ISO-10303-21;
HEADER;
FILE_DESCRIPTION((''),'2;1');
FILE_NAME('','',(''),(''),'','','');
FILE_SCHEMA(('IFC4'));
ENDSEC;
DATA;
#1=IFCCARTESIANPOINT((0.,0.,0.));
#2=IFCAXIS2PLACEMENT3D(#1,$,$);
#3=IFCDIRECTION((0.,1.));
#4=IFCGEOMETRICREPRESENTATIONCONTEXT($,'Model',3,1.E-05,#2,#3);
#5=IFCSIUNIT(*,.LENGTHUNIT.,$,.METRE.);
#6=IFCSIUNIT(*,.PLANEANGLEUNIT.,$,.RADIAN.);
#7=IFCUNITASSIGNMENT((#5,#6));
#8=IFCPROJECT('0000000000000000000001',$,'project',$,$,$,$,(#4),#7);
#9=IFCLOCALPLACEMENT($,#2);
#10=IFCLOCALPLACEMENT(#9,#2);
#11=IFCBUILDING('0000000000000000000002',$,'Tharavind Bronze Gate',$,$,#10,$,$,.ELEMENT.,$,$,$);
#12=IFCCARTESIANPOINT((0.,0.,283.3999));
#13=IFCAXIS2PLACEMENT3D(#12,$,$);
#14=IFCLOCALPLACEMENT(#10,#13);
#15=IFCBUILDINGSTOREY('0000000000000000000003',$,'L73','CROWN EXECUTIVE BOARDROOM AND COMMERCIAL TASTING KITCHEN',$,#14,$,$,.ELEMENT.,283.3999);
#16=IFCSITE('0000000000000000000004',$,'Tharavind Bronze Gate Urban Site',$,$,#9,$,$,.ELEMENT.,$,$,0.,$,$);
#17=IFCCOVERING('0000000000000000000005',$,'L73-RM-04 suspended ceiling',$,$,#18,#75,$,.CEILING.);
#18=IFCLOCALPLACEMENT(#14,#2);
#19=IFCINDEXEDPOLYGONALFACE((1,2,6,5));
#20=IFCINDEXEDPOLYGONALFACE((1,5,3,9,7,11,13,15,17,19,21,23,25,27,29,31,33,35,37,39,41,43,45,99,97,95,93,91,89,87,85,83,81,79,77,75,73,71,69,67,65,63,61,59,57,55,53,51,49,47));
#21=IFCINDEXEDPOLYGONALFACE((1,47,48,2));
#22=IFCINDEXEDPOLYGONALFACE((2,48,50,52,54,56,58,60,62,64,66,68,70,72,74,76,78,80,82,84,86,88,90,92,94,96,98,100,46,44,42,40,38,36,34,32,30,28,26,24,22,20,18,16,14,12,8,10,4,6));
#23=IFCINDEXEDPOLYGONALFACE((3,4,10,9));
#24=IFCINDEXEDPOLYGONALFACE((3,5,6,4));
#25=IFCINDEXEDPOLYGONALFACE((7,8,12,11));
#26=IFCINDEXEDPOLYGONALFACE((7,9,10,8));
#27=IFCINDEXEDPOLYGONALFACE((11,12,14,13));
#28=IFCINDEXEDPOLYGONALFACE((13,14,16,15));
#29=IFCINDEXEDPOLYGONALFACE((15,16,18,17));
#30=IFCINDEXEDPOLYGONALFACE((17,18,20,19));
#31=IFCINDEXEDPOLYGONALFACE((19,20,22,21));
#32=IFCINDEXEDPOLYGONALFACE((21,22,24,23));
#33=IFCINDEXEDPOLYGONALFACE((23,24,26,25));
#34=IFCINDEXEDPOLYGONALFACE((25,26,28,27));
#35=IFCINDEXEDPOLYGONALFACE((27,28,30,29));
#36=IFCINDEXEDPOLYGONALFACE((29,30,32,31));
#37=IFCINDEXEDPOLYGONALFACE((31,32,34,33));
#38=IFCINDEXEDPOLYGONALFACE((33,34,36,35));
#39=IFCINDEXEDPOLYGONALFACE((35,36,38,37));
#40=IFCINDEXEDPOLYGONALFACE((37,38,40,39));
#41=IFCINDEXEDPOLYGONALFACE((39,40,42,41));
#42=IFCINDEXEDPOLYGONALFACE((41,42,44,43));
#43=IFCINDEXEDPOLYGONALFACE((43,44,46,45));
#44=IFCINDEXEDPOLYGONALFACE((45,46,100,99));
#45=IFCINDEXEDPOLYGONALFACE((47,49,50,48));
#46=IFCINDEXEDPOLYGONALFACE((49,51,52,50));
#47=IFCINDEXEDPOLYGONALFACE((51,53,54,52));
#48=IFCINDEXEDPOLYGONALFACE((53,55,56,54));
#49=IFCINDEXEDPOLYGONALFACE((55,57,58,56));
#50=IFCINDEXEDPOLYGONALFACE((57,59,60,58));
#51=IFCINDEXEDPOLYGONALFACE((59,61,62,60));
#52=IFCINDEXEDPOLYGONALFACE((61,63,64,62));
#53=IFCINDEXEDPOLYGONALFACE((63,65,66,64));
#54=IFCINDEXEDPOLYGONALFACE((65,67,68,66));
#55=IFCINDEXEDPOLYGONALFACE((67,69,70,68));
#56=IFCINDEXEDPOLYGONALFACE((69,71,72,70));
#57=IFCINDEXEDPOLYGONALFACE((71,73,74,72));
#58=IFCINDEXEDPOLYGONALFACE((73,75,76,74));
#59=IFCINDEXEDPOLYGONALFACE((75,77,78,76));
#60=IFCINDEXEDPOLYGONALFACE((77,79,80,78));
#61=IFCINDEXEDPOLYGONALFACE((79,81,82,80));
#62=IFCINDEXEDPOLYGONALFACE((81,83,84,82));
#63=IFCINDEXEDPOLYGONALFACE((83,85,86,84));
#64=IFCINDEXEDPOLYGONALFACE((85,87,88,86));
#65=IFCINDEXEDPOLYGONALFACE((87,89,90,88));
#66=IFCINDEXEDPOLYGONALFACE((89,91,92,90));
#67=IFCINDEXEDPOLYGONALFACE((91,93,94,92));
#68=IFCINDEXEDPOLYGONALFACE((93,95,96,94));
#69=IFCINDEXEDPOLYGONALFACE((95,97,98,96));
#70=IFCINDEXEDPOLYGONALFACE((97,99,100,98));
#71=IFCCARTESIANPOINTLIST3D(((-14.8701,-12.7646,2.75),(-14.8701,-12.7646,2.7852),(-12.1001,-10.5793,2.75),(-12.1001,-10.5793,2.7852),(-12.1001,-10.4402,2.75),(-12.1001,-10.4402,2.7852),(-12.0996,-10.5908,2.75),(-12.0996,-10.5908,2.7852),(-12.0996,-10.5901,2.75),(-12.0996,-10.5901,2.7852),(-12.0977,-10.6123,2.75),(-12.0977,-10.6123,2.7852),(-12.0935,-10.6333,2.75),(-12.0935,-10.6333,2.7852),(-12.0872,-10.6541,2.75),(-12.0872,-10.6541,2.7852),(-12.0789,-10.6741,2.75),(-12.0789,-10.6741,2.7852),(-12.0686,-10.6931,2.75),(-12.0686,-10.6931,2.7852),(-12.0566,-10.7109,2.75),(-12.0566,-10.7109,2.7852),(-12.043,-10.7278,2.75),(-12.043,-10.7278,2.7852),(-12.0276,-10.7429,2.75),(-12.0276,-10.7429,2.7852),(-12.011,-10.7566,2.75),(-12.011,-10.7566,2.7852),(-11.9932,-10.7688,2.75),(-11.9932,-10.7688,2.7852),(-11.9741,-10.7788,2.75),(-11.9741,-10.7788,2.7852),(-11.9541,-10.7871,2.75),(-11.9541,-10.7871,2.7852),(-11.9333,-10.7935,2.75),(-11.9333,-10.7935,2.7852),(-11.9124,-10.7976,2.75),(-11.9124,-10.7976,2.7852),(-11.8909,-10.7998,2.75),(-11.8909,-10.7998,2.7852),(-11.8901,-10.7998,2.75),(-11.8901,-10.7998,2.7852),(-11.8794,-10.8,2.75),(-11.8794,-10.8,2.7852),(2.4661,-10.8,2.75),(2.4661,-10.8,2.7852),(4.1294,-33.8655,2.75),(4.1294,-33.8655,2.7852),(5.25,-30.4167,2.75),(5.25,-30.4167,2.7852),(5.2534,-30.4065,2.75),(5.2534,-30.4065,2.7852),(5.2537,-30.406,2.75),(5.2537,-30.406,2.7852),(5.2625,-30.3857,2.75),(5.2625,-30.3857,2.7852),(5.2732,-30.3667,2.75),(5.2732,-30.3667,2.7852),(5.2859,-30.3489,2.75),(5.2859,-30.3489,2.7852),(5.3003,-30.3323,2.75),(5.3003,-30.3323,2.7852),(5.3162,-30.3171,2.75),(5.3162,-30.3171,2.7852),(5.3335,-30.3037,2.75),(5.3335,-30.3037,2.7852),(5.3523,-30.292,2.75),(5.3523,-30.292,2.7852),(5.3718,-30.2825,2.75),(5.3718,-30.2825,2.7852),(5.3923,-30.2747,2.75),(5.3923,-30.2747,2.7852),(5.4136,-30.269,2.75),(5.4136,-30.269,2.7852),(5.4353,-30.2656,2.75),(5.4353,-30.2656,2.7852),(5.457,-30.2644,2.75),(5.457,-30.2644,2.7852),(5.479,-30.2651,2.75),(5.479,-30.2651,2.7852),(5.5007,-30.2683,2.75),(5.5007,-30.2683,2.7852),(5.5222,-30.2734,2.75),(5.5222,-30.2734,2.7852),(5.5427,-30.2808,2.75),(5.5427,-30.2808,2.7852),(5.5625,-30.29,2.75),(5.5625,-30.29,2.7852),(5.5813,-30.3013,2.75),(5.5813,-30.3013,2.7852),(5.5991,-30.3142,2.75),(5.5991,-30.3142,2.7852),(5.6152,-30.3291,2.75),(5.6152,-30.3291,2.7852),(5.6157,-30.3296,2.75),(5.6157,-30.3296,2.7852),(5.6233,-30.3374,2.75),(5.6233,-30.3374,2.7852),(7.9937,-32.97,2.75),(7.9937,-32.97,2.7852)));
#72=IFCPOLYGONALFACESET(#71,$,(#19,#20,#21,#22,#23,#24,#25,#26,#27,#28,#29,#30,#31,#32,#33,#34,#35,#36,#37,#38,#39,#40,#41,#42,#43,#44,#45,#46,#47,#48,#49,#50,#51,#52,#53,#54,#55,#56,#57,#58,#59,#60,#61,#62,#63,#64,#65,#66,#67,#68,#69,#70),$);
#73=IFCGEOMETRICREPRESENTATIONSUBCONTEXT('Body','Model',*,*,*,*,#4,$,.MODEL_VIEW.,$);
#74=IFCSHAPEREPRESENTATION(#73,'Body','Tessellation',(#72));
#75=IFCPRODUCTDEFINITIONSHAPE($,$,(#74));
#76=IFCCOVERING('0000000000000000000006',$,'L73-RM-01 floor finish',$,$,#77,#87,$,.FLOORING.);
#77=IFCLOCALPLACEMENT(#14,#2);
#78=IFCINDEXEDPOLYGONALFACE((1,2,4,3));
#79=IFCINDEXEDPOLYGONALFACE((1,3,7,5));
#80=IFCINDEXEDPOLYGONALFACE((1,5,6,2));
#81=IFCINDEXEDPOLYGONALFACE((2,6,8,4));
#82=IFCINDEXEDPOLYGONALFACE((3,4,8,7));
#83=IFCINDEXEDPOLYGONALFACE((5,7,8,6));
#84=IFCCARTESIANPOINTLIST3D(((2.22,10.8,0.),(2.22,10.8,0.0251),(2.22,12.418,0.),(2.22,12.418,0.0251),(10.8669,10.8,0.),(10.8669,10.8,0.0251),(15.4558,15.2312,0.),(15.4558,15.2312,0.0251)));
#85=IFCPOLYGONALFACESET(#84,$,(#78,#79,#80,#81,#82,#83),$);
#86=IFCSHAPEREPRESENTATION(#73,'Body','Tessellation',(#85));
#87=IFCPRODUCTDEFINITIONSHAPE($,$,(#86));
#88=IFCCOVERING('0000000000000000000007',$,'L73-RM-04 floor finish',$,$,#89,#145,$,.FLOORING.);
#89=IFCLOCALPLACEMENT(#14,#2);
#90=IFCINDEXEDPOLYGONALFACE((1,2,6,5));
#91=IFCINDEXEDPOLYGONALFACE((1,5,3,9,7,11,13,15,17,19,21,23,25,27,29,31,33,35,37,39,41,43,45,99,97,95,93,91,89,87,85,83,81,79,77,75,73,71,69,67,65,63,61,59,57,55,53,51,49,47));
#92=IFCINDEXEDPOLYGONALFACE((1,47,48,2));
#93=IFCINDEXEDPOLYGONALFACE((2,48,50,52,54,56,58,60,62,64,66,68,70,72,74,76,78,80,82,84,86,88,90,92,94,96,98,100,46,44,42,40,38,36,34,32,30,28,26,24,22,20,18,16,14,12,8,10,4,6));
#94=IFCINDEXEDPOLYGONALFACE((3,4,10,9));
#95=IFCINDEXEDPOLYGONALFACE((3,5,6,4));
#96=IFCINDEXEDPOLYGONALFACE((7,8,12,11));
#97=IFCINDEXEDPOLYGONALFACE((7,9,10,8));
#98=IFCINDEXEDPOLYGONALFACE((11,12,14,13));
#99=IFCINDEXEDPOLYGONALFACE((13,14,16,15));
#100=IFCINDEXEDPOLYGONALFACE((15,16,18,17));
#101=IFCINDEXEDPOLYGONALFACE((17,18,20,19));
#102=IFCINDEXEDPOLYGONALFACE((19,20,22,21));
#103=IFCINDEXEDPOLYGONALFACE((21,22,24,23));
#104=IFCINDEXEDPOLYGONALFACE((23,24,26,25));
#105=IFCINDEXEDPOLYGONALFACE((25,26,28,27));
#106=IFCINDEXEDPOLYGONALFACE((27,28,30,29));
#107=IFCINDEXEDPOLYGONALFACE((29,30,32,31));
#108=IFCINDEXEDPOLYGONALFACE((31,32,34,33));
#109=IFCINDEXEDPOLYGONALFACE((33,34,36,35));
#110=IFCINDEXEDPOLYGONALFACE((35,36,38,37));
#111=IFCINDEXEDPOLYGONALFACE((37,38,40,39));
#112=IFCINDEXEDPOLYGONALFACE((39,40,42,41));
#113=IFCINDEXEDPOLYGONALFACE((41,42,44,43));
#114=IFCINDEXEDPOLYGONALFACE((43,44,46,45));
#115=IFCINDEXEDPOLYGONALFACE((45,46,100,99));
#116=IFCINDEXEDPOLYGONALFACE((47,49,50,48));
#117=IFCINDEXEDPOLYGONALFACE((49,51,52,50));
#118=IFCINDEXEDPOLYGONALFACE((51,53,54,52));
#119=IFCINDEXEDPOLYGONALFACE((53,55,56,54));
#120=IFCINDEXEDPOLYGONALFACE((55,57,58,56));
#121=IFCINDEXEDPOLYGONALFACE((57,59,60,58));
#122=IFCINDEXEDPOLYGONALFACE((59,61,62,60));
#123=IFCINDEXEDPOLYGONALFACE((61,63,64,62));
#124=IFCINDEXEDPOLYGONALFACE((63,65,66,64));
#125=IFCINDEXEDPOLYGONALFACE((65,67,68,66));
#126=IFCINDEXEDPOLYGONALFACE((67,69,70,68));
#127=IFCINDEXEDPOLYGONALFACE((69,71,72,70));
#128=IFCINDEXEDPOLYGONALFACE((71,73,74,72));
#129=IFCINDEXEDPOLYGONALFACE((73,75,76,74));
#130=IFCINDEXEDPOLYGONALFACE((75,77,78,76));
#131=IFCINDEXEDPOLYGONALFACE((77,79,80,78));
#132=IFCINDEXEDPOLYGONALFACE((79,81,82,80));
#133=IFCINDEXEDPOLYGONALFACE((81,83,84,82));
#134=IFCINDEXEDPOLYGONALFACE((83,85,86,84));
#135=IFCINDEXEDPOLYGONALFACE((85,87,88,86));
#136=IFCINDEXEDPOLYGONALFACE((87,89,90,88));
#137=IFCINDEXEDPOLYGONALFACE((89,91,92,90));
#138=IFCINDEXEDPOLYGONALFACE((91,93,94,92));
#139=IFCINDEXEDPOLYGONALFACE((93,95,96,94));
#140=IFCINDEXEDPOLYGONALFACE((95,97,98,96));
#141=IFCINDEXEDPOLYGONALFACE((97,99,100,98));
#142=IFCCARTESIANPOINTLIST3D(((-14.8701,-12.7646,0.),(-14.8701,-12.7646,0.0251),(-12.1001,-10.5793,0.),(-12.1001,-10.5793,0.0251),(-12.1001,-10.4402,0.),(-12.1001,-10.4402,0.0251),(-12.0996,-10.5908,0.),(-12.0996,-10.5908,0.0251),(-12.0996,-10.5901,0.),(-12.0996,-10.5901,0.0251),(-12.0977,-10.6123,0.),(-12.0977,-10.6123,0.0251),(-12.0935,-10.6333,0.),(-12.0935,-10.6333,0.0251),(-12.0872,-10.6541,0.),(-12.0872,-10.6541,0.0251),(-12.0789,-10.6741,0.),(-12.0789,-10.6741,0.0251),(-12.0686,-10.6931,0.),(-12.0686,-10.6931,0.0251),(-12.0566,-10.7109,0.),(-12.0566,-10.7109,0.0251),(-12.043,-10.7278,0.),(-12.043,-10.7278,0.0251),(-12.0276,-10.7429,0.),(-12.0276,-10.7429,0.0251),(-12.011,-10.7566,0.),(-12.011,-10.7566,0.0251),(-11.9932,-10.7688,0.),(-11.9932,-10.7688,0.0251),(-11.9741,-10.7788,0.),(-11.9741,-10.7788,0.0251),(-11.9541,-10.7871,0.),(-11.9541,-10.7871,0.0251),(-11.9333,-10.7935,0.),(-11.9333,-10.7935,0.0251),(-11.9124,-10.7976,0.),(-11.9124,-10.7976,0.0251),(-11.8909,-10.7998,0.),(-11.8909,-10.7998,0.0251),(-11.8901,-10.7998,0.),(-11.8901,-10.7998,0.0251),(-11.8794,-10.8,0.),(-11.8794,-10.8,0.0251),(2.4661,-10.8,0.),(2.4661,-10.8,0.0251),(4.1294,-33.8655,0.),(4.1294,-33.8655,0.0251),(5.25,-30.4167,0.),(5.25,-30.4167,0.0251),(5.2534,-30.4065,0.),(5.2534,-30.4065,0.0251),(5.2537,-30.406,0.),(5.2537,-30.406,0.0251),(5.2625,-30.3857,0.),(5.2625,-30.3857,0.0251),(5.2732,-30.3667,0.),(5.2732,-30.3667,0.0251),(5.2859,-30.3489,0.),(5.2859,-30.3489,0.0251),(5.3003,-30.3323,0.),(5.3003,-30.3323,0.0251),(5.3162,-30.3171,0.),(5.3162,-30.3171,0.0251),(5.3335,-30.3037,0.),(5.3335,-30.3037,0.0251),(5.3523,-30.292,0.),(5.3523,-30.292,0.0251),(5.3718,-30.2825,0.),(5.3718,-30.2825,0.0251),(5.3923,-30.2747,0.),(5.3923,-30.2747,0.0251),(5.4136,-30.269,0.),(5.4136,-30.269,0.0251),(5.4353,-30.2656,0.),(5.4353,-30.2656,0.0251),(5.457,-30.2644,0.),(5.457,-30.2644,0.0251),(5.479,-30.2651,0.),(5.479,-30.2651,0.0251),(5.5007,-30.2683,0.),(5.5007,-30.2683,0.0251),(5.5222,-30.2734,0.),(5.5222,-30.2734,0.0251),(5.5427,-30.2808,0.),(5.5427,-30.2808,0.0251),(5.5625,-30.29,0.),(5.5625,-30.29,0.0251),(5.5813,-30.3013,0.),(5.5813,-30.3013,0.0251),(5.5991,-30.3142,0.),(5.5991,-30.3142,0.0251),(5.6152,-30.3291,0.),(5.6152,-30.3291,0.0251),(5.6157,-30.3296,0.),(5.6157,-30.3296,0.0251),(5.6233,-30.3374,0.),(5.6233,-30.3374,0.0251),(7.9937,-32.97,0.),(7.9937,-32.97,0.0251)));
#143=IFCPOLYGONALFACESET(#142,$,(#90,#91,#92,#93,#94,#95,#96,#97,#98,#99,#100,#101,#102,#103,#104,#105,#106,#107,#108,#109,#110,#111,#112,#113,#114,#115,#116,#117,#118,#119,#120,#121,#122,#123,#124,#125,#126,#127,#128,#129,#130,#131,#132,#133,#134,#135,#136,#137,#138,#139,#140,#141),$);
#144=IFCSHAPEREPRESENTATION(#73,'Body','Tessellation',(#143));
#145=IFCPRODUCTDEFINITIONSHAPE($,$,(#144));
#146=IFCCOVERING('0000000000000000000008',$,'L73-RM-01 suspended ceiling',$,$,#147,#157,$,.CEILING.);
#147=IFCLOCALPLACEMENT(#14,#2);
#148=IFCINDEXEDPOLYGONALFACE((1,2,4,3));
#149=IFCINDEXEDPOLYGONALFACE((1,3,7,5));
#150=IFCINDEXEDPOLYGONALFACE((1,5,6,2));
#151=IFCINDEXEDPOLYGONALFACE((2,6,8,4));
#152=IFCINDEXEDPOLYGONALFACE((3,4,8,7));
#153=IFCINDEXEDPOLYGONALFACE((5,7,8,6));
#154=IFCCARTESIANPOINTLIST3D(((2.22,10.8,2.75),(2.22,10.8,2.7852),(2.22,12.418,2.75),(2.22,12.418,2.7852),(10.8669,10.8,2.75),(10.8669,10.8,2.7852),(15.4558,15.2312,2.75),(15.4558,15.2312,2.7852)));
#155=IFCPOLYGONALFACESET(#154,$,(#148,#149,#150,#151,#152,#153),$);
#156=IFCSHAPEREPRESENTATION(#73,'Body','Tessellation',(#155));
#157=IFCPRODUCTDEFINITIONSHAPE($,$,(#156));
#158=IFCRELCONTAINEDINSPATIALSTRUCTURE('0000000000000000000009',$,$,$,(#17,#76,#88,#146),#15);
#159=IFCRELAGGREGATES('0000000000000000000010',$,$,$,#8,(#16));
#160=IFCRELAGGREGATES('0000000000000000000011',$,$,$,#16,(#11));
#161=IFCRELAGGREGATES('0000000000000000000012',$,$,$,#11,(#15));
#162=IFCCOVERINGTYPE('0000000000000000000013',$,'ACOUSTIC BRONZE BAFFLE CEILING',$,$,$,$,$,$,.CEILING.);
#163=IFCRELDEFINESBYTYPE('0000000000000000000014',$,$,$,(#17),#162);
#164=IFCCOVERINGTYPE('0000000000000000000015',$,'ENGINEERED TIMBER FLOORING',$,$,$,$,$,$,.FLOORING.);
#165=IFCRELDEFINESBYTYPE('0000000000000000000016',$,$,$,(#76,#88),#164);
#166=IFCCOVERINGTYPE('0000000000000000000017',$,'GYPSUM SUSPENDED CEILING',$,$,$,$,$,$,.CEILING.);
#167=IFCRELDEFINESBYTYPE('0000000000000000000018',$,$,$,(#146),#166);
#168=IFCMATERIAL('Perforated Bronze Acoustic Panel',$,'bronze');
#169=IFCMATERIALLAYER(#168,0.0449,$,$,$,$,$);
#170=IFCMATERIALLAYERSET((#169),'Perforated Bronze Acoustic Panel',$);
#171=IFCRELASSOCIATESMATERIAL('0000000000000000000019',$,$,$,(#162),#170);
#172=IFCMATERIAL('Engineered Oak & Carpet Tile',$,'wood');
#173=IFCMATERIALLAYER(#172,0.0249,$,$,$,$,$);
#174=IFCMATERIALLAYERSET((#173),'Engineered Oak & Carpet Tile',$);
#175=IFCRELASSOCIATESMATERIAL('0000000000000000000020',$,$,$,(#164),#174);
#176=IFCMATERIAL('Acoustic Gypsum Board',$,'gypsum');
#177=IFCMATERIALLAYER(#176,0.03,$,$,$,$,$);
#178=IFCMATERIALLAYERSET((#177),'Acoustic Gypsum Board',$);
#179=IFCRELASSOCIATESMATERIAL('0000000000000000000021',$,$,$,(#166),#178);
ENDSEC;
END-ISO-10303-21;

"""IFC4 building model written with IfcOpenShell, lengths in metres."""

from ifc_helpers import new_model, si_unit, direction, frame, origin, place, context, subcontext, project, spatial, polyline, outline, extrude, material, layer, layer_set, type_object, element, save


model = new_model("IFC4")

# Units and contexts
model_context = context("Model", 3, precision=1e-05, world=origin(), true_north=direction((0.0, 1.0)))
body_context = subcontext(model_context, "Body", "Model", "MODEL_VIEW")
ifc_project = project(units=[si_unit("LENGTHUNIT", "METRE"), si_unit("PLANEANGLEUNIT", "RADIAN")], contexts=[model_context])

# Site, building, storey
site_placement = place(None, origin())
site = spatial("IfcSite", under=ifc_project, at=site_placement, Name="Tharavind Bronze Gate Urban Site", CompositionType="ELEMENT", RefElevation=0.0)
building_placement = place(site_placement, origin())
building = spatial("IfcBuilding", under=site, at=building_placement, Name="Tharavind Bronze Gate", CompositionType="ELEMENT")
storey_placement = place(building_placement, frame((0.0, 0.0, 283.3999)))
storey = spatial("IfcBuildingStorey", under=building, at=storey_placement, Name="L73", Description="CROWN EXECUTIVE BOARDROOM AND COMMERCIAL TASTING KITCHEN", CompositionType="ELEMENT", Elevation=283.3999)

# Coverings
ifc_material_1 = material(Name="Perforated Bronze Acoustic Panel", Category="bronze")
ifc_layer_1 = layer(ifc_material_1, 0.0449)
ifc_layer_set_1 = layer_set([ifc_layer_1], Name="Perforated Bronze Acoustic Panel")
covering_type_1 = type_object("IfcCoveringType", Name="ACOUSTIC BRONZE BAFFLE CEILING", PredefinedType="CEILING", material=ifc_layer_set_1)
covering_1_placement = place(storey_placement, frame((0.0, 0.0, 2.75)))
element("IfcCovering", 1, at=covering_1_placement, inside=storey, type_object=covering_type_1, Name="L73-RM-04 suspended ceiling", PredefinedType="CEILING", context=body_context, shape_type="SweptSolid", body=[
    extrude(outline(polyline([(4.1294, -33.8655), (5.25, -30.4167), (5.2534, -30.4065), (5.2537, -30.406), (5.2625, -30.3857), (5.2732, -30.3667), (5.2859, -30.3489), (5.3003, -30.3323), (5.3162, -30.3171), (5.3335, -30.3037), (5.3523, -30.292), (5.3718, -30.2825), (5.3923, -30.2747), (5.4136, -30.269), (5.4353, -30.2656), (5.457, -30.2644), (5.479, -30.2651), (5.5007, -30.2683), (5.5222, -30.2734), (5.5427, -30.2808), (5.5625, -30.29), (5.5813, -30.3013), (5.5991, -30.3142), (5.6152, -30.3291), (5.6157, -30.3296), (5.6233, -30.3374), (7.9937, -32.97), (2.4661, -10.8), (-11.8794, -10.8), (-11.8901, -10.7998), (-11.8909, -10.7998), (-11.9124, -10.7976), (-11.9333, -10.7935), (-11.9541, -10.7871), (-11.9741, -10.7788), (-11.9932, -10.7688), (-12.011, -10.7566), (-12.0276, -10.7429), (-12.043, -10.7278), (-12.0566, -10.7109), (-12.0686, -10.6931), (-12.0789, -10.6741), (-12.0872, -10.6541), (-12.0935, -10.6333), (-12.0977, -10.6123), (-12.0996, -10.5908), (-12.0996, -10.5901), (-12.1001, -10.5793), (-12.1001, -10.4402), (-14.8701, -12.7646), (4.1294, -33.8655)])), origin(), (0.0, 0.0, 1.0), 0.0352),
])
ifc_material_2 = material(Name="Engineered Oak & Carpet Tile", Category="wood")
ifc_layer_2 = layer(ifc_material_2, 0.0249)
ifc_layer_set_2 = layer_set([ifc_layer_2], Name="Engineered Oak & Carpet Tile")
covering_type_2 = type_object("IfcCoveringType", Name="ENGINEERED TIMBER FLOORING", PredefinedType="FLOORING", material=ifc_layer_set_2)
covering_2_placement = place(storey_placement, origin())
element("IfcCovering", 2, at=covering_2_placement, inside=storey, type_object=covering_type_2, Name="L73-RM-01 floor finish", PredefinedType="FLOORING", context=body_context, shape_type="SweptSolid", body=[
    extrude(outline(polyline([(10.8669, 10.8), (15.4558, 15.2312), (2.22, 12.418), (2.22, 10.8), (10.8669, 10.8)])), origin(), (0.0, 0.0, 1.0), 0.0251),
])
covering_3_placement = place(storey_placement, origin())
element("IfcCovering", 3, at=covering_3_placement, inside=storey, type_object=covering_type_2, Name="L73-RM-04 floor finish", PredefinedType="FLOORING", context=body_context, shape_type="SweptSolid", body=[
    extrude(outline(polyline([(4.1294, -33.8655), (5.25, -30.4167), (5.2534, -30.4065), (5.2537, -30.406), (5.2625, -30.3857), (5.2732, -30.3667), (5.2859, -30.3489), (5.3003, -30.3323), (5.3162, -30.3171), (5.3335, -30.3037), (5.3523, -30.292), (5.3718, -30.2825), (5.3923, -30.2747), (5.4136, -30.269), (5.4353, -30.2656), (5.457, -30.2644), (5.479, -30.2651), (5.5007, -30.2683), (5.5222, -30.2734), (5.5427, -30.2808), (5.5625, -30.29), (5.5813, -30.3013), (5.5991, -30.3142), (5.6152, -30.3291), (5.6157, -30.3296), (5.6233, -30.3374), (7.9937, -32.97), (2.4661, -10.8), (-11.8794, -10.8), (-11.8901, -10.7998), (-11.8909, -10.7998), (-11.9124, -10.7976), (-11.9333, -10.7935), (-11.9541, -10.7871), (-11.9741, -10.7788), (-11.9932, -10.7688), (-12.011, -10.7566), (-12.0276, -10.7429), (-12.043, -10.7278), (-12.0566, -10.7109), (-12.0686, -10.6931), (-12.0789, -10.6741), (-12.0872, -10.6541), (-12.0935, -10.6333), (-12.0977, -10.6123), (-12.0996, -10.5908), (-12.0996, -10.5901), (-12.1001, -10.5793), (-12.1001, -10.4402), (-14.8701, -12.7646), (4.1294, -33.8655)])), origin(), (0.0, 0.0, 1.0), 0.0251),
])
ifc_material_3 = material(Name="Acoustic Gypsum Board", Category="gypsum")
ifc_layer_3 = layer(ifc_material_3, 0.03)
ifc_layer_set_3 = layer_set([ifc_layer_3], Name="Acoustic Gypsum Board")
covering_type_3 = type_object("IfcCoveringType", Name="GYPSUM SUSPENDED CEILING", PredefinedType="CEILING", material=ifc_layer_set_3)
covering_4_placement = place(storey_placement, frame((0.0, 0.0, 2.75)))
element("IfcCovering", 4, at=covering_4_placement, inside=storey, type_object=covering_type_3, Name="L73-RM-01 suspended ceiling", PredefinedType="CEILING", context=body_context, shape_type="SweptSolid", body=[
    extrude(outline(polyline([(10.8669, 10.8), (15.4558, 15.2312), (2.22, 12.418), (2.22, 10.8), (10.8669, 10.8)])), origin(), (0.0, 0.0, 1.0), 0.0352),
])

save(model, "model.ifc")
